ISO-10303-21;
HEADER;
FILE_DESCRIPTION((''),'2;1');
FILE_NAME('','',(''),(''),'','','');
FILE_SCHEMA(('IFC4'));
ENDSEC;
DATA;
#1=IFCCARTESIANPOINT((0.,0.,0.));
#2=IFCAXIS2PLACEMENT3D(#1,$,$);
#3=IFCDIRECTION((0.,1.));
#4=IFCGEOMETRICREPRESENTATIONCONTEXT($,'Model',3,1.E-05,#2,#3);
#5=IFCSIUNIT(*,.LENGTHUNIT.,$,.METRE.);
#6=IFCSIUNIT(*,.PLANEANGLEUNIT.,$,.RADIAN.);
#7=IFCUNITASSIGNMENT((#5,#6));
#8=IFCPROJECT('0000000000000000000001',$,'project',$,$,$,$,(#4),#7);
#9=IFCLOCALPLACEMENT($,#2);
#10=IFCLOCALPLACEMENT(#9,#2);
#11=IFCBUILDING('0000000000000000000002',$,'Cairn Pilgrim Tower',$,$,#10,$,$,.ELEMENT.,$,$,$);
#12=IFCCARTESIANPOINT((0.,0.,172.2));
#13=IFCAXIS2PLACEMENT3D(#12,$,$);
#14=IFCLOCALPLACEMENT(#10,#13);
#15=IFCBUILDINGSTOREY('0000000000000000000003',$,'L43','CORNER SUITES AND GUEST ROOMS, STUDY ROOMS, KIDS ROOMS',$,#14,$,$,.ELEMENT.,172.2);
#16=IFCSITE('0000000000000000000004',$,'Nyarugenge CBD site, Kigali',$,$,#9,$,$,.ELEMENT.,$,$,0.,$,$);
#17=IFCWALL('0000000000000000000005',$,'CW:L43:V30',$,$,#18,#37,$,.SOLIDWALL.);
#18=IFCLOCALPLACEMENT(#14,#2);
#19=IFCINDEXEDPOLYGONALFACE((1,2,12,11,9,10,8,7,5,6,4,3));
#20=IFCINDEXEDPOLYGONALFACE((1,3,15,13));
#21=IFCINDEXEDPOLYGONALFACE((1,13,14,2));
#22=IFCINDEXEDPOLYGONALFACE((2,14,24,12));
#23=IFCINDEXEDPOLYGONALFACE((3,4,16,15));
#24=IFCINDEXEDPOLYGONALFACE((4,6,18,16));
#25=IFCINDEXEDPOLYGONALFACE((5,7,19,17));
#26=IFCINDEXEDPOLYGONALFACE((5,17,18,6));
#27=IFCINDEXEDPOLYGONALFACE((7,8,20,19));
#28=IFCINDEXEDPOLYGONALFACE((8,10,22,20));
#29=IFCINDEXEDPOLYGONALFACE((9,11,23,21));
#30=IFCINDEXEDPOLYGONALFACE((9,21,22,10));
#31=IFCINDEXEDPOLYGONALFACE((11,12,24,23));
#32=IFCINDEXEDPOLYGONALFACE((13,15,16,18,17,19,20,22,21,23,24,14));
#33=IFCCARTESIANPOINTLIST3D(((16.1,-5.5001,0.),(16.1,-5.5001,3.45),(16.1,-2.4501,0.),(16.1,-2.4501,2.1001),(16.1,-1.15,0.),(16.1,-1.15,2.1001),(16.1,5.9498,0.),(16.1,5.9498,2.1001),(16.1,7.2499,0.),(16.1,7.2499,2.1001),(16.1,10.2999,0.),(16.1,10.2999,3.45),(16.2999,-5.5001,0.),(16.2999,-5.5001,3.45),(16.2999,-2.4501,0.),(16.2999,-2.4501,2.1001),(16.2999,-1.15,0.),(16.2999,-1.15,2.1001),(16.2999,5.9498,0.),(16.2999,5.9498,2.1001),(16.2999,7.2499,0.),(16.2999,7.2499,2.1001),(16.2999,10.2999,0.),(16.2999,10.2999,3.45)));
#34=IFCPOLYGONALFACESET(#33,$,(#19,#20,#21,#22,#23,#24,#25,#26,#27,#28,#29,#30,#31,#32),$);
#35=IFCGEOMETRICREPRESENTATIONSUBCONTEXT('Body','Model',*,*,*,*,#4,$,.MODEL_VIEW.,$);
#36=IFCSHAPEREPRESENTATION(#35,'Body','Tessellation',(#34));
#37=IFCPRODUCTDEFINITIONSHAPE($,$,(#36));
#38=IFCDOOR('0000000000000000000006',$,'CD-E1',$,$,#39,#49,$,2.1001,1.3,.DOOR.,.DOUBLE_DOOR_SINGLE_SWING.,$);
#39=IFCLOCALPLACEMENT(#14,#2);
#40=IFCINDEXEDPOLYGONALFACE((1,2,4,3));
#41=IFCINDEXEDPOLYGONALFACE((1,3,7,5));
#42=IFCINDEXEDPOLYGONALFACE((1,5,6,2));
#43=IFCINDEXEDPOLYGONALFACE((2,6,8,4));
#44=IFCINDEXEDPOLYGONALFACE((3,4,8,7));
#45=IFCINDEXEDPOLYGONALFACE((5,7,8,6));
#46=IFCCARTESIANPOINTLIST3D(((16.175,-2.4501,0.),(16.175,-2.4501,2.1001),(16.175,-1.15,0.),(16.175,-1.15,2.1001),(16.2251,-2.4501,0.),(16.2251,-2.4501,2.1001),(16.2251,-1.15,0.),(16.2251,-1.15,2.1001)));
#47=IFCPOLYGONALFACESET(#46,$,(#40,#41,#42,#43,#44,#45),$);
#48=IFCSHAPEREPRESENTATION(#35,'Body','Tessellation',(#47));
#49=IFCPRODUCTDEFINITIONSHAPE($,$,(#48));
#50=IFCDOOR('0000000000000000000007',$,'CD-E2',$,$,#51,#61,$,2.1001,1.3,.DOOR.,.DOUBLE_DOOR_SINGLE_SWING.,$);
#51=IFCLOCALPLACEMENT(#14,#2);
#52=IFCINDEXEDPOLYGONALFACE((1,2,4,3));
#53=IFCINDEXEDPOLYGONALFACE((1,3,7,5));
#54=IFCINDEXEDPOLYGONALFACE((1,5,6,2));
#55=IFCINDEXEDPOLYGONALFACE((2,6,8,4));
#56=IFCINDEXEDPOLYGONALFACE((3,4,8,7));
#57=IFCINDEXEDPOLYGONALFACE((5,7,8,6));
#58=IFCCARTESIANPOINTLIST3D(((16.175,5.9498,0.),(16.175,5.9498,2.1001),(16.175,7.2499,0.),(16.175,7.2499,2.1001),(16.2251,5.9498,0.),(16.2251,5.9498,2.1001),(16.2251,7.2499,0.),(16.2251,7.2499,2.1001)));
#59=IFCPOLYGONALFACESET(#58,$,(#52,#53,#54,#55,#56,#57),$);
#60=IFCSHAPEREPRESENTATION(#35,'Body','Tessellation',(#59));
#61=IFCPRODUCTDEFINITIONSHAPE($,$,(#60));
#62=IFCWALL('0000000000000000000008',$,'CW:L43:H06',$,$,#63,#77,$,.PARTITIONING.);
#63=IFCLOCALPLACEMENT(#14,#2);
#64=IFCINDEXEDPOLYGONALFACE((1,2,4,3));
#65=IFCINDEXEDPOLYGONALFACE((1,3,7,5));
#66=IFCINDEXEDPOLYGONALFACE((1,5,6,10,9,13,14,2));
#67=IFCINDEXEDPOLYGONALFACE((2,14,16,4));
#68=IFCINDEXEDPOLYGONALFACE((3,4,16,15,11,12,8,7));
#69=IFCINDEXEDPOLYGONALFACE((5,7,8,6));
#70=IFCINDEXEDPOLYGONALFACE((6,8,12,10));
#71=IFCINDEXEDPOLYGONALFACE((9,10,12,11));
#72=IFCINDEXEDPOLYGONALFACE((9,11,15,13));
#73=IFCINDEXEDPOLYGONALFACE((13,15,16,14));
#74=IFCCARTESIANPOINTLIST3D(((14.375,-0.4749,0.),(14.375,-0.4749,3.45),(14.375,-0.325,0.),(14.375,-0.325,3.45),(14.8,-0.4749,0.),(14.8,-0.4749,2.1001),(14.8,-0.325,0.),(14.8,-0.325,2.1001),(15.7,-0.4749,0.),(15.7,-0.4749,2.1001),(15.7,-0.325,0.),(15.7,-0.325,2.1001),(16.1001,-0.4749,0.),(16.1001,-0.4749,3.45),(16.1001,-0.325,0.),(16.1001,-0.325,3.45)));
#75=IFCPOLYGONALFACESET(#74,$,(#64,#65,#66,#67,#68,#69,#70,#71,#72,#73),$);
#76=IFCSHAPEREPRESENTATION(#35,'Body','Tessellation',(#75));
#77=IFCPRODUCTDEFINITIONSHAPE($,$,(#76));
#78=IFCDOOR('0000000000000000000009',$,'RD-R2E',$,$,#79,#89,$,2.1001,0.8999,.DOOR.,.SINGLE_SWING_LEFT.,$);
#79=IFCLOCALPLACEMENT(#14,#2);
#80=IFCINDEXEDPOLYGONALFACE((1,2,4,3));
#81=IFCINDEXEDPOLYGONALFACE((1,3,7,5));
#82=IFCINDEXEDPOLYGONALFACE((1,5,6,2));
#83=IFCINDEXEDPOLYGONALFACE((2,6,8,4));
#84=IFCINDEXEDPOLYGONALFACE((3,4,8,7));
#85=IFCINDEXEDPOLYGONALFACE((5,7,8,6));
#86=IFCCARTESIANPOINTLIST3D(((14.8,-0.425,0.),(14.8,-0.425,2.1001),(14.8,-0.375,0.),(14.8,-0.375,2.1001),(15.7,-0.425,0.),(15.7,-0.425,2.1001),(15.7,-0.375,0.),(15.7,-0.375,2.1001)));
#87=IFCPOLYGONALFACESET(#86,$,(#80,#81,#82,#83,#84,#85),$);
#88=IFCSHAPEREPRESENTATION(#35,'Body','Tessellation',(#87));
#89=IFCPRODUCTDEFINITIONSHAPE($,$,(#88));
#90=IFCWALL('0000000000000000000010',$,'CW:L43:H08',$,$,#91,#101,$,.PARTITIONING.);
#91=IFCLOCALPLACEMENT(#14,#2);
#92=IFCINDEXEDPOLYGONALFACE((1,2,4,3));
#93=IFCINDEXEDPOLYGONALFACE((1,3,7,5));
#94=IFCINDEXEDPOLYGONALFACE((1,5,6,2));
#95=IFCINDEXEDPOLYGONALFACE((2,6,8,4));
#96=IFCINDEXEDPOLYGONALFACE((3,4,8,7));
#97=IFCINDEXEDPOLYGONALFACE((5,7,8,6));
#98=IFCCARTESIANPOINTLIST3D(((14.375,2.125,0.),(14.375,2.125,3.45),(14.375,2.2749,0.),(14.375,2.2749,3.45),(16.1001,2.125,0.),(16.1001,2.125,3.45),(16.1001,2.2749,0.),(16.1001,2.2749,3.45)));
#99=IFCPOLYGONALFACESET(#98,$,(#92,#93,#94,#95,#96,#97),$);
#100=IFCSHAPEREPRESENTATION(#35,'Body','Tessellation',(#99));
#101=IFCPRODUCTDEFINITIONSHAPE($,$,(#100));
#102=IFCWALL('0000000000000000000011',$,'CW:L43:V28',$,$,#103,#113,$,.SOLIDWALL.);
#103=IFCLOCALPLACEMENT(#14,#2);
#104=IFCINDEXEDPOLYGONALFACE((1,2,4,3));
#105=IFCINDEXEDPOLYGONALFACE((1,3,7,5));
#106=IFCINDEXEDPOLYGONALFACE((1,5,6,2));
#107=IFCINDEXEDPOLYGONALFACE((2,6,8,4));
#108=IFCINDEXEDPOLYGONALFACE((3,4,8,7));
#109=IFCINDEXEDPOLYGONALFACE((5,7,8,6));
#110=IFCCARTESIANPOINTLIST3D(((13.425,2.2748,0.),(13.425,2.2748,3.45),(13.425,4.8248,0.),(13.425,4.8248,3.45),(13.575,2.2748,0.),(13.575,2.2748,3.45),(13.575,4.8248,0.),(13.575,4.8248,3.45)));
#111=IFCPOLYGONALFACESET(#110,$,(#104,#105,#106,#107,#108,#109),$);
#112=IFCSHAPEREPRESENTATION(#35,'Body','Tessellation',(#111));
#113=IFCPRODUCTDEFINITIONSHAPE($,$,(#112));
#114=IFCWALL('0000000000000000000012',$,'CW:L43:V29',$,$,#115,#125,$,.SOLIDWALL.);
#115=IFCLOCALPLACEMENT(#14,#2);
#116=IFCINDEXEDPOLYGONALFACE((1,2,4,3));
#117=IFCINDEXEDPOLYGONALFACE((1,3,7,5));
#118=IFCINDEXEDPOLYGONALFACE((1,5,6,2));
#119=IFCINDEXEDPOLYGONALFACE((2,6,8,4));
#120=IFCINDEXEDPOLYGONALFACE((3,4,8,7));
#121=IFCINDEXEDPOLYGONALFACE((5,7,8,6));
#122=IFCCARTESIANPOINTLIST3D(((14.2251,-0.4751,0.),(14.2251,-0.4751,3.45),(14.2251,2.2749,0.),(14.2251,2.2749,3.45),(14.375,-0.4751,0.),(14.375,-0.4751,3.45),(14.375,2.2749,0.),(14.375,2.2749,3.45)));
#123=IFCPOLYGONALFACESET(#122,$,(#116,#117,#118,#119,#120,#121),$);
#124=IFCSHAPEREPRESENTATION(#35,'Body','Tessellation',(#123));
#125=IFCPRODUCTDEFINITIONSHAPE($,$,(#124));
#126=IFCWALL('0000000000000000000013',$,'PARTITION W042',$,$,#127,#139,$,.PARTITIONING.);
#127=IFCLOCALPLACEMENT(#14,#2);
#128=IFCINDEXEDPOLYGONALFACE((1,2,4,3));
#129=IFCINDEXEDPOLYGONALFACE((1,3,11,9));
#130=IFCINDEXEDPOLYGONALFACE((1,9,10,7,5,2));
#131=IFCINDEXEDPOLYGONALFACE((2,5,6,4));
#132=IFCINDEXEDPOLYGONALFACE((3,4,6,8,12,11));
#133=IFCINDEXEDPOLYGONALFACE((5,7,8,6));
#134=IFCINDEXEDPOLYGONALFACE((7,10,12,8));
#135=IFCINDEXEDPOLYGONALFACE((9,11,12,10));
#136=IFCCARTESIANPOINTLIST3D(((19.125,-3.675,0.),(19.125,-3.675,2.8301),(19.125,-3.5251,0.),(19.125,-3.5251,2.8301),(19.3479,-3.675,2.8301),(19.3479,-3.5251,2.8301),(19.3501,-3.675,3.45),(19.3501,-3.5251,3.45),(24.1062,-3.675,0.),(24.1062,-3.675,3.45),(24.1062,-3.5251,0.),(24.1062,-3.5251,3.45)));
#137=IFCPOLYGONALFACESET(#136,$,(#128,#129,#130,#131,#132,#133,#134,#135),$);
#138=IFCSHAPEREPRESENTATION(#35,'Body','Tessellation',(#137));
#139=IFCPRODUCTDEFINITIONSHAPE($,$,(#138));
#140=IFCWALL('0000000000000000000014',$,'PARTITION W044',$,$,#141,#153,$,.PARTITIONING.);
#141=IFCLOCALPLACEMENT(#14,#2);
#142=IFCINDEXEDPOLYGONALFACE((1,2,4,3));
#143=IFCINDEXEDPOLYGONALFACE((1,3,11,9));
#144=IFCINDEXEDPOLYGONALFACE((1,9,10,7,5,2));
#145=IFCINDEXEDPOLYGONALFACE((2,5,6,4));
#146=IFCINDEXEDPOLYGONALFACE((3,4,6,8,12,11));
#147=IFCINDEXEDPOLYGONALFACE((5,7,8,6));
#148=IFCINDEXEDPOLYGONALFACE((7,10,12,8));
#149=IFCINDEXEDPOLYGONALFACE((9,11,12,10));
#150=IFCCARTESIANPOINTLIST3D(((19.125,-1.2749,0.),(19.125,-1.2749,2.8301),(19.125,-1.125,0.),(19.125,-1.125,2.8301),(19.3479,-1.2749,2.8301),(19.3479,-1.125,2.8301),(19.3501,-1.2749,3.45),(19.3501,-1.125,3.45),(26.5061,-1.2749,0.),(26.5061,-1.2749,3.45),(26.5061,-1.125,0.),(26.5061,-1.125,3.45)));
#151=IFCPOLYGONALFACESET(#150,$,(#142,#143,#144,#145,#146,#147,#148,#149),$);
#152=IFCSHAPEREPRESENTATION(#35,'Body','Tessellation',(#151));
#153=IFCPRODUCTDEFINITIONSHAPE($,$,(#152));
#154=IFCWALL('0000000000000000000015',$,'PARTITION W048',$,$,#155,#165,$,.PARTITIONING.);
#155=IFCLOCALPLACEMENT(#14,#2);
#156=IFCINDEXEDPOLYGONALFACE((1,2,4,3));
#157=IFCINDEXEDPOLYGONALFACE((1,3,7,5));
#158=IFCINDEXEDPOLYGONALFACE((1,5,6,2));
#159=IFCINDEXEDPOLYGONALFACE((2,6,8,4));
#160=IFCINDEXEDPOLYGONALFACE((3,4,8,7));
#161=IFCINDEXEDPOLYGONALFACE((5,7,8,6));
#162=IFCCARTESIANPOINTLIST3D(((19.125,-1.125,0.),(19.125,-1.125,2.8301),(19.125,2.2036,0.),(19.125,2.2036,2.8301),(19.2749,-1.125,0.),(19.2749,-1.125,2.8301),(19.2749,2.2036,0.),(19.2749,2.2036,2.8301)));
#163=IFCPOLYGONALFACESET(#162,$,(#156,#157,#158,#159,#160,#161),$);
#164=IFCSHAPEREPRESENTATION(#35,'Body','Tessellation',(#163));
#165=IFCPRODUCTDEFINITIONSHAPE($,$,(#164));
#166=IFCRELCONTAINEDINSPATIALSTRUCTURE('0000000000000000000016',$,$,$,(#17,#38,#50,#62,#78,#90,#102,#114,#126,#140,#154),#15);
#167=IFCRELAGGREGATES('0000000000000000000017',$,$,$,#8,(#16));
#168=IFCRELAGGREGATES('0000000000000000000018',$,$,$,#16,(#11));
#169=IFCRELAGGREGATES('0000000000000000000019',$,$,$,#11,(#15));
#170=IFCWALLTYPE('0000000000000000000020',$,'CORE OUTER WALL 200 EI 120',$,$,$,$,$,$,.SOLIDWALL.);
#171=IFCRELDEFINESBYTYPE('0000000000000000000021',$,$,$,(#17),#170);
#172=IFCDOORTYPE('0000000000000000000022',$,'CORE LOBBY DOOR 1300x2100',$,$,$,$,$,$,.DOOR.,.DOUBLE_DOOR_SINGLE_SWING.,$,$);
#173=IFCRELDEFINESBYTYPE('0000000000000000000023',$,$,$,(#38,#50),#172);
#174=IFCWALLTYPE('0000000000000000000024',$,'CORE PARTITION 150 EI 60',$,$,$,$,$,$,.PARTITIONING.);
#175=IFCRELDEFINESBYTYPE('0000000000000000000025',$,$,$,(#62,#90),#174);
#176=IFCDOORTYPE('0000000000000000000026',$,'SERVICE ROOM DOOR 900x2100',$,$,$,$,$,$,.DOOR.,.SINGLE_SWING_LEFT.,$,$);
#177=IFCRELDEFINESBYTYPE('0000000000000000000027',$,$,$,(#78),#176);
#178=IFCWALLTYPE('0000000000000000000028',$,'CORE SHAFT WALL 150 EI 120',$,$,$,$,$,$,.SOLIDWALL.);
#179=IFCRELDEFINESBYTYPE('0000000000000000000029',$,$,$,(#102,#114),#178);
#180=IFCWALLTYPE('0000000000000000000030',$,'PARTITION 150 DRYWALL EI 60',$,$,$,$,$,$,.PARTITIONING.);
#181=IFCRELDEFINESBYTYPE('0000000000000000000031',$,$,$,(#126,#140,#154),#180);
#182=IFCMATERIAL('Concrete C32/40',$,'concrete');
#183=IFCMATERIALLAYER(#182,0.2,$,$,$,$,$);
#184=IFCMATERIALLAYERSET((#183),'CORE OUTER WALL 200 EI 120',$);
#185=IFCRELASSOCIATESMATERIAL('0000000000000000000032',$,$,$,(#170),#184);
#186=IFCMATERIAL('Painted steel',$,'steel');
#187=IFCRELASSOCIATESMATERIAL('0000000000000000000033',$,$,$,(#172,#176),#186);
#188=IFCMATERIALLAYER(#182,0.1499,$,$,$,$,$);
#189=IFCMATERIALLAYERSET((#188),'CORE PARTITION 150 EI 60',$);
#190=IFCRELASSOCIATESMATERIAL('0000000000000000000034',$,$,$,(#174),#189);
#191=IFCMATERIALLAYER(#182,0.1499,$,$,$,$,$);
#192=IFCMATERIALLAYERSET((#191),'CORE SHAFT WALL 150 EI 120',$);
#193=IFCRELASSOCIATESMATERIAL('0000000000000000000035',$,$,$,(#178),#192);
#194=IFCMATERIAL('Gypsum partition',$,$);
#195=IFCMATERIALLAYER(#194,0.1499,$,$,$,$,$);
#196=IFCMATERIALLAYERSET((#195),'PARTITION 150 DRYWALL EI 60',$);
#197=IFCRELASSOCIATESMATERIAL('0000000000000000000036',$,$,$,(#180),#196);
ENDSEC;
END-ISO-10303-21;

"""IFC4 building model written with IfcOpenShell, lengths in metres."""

from ifc_helpers import new_model, si_unit, direction, frame, frame_2d, origin, place, context, subcontext, project, spatial, polyline, rectangle, outline, extrude, material, layer, layer_set, type_object, element, fill, save


model = new_model("IFC4")

# Units and contexts
model_context = context("Model", 3, precision=1e-05, world=origin(), true_north=direction((0.0, 1.0)))
body_context = subcontext(model_context, "Body", "Model", "MODEL_VIEW")
ifc_project = project(units=[si_unit("LENGTHUNIT", "METRE"), si_unit("PLANEANGLEUNIT", "RADIAN")], contexts=[model_context])

# Site, building, storey
site_placement = place(None, origin())
site = spatial("IfcSite", under=ifc_project, at=site_placement, Name="Nyarugenge CBD site, Kigali", CompositionType="ELEMENT", RefElevation=0.0)
building_placement = place(site_placement, origin())
building = spatial("IfcBuilding", under=site, at=building_placement, Name="Cairn Pilgrim Tower", CompositionType="ELEMENT")
storey_placement = place(building_placement, frame((0.0, 0.0, 172.2)))
storey = spatial("IfcBuildingStorey", under=building, at=storey_placement, Name="L43", Description="CORNER SUITES AND GUEST ROOMS, STUDY ROOMS, KIDS ROOMS", CompositionType="ELEMENT", Elevation=172.2)

# Wall, openings, doors
ifc_material_1 = material(Name="Concrete C32/40", Category="concrete")
ifc_layer_1 = layer(ifc_material_1, 0.2)
ifc_layer_set_1 = layer_set([ifc_layer_1], Name="CORE OUTER WALL 200 EI 120")
wall_type_1 = type_object("IfcWallType", Name="CORE OUTER WALL 200 EI 120", PredefinedType="SOLIDWALL", material=ifc_layer_set_1)
wall_1_placement = place(storey_placement, frame((16.2, -5.5, 0.0), z_axis=(0.0, 0.0, 1.0), x_axis=(0.0, 1.0, 0.0)))
wall_1 = element("IfcWall", 1, at=wall_1_placement, inside=storey, type_object=wall_type_1, Name="CW:L43:V30", PredefinedType="SOLIDWALL", context=body_context, shape_type="SweptSolid", body=[
    extrude(rectangle(XDim=15.8, YDim=0.2, at=frame_2d((7.8999, 0.0))), origin(), (0.0, 0.0, 1.0), 3.45),
])
opening_1_placement = place(wall_1_placement, frame((3.05, 0.0, 0.0)))
opening_1 = element("IfcOpeningElement", 2, at=opening_1_placement, cuts=wall_1, PredefinedType="OPENING", context=body_context, shape_type="SweptSolid", body=[
    extrude(rectangle(XDim=1.3, YDim=2.1001, at=frame_2d((0.6499, 1.05))), frame((0.0, 0.1099, 0.0), z_axis=(0.0, -1.0, 0.0), x_axis=(1.0, 0.0, 0.0)), (0.0, 0.0, 1.0), 0.22),
])
opening_2_placement = place(wall_1_placement, frame((11.45, 0.0, 0.0)))
opening_2 = element("IfcOpeningElement", 3, at=opening_2_placement, cuts=wall_1, PredefinedType="OPENING", context=body_context, shape_type="SweptSolid", body=[
    extrude(rectangle(XDim=1.3, YDim=2.1001, at=frame_2d((0.6499, 1.05))), frame((0.0, 0.1099, 0.0), z_axis=(0.0, -1.0, 0.0), x_axis=(1.0, 0.0, 0.0)), (0.0, 0.0, 1.0), 0.22),
])
ifc_material_2 = material(Name="Painted steel", Category="steel")
door_type_1 = type_object("IfcDoorType", Name="CORE LOBBY DOOR 1300x2100", OperationType="DOUBLE_DOOR_SINGLE_SWING", PredefinedType="DOOR", material=ifc_material_2)
door_1_placement = place(opening_1_placement, origin())
door_1 = element("IfcDoor", 4, at=door_1_placement, inside=storey, type_object=door_type_1, Name="CD-E1", OperationType="DOUBLE_DOOR_SINGLE_SWING", OverallHeight=2.1001, OverallWidth=1.3, PredefinedType="DOOR", context=body_context, shape_type="SweptSolid", body=[
    extrude(rectangle(XDim=1.3, YDim=2.1001, at=frame_2d((0.6499, 1.05))), frame((0.0, 0.0249, 0.0), z_axis=(0.0, -1.0, 0.0), x_axis=(1.0, 0.0, 0.0)), (0.0, 0.0, 1.0), 0.05),
])
fill(opening_1, door_1)
door_2_placement = place(opening_2_placement, origin())
door_2 = element("IfcDoor", 5, at=door_2_placement, inside=storey, type_object=door_type_1, Name="CD-E2", OperationType="DOUBLE_DOOR_SINGLE_SWING", OverallHeight=2.1001, OverallWidth=1.3, PredefinedType="DOOR", context=body_context, shape_type="SweptSolid", body=[
    extrude(rectangle(XDim=1.3, YDim=2.1001, at=frame_2d((0.6499, 1.05))), frame((0.0, 0.0249, 0.0), z_axis=(0.0, -1.0, 0.0), x_axis=(1.0, 0.0, 0.0)), (0.0, 0.0, 1.0), 0.05),
])
fill(opening_2, door_2)

# Wall, opening, door
ifc_layer_2 = layer(ifc_material_1, 0.1499)
ifc_layer_set_2 = layer_set([ifc_layer_2], Name="CORE PARTITION 150 EI 60")
wall_type_2 = type_object("IfcWallType", Name="CORE PARTITION 150 EI 60", PredefinedType="PARTITIONING", material=ifc_layer_set_2)
wall_2_placement = place(storey_placement, frame((14.375, -0.3999, 0.0), z_axis=(0.0, 0.0, 1.0), x_axis=(1.0, 0.0, 0.0)))
wall_2 = element("IfcWall", 6, at=wall_2_placement, inside=storey, type_object=wall_type_2, Name="CW:L43:H06", PredefinedType="PARTITIONING", context=body_context, shape_type="SweptSolid", body=[
    extrude(rectangle(XDim=1.7251, YDim=0.1499, at=frame_2d((0.8625, 0.0))), origin(), (0.0, 0.0, 1.0), 3.45),
])
opening_3_placement = place(wall_2_placement, frame((0.425, 0.0, 0.0)))
opening_3 = element("IfcOpeningElement", 7, at=opening_3_placement, cuts=wall_2, PredefinedType="OPENING", context=body_context, shape_type="SweptSolid", body=[
    extrude(rectangle(XDim=0.8999, YDim=2.1001, at=frame_2d((0.45, 1.05))), frame((0.0, 0.085, 0.0), z_axis=(0.0, -1.0, 0.0), x_axis=(1.0, 0.0, 0.0)), (0.0, 0.0, 1.0), 0.1699),
])
door_type_2 = type_object("IfcDoorType", Name="SERVICE ROOM DOOR 900x2100", OperationType="SINGLE_SWING_LEFT", PredefinedType="DOOR", material=ifc_material_2)
door_3_placement = place(opening_3_placement, origin())
door_3 = element("IfcDoor", 8, at=door_3_placement, inside=storey, type_object=door_type_2, Name="RD-R2E", OperationType="SINGLE_SWING_LEFT", OverallHeight=2.1001, OverallWidth=0.8999, PredefinedType="DOOR", context=body_context, shape_type="SweptSolid", body=[
    extrude(rectangle(XDim=0.8999, YDim=2.1001, at=frame_2d((0.45, 1.05))), frame((0.0, 0.0249, 0.0), z_axis=(0.0, -1.0, 0.0), x_axis=(1.0, 0.0, 0.0)), (0.0, 0.0, 1.0), 0.05),
])
fill(opening_3, door_3)

# Walls
wall_3_placement = place(storey_placement, frame((14.375, 2.2, 0.0), z_axis=(0.0, 0.0, 1.0), x_axis=(1.0, 0.0, 0.0)))
element("IfcWall", 9, at=wall_3_placement, inside=storey, type_object=wall_type_2, Name="CW:L43:H08", PredefinedType="PARTITIONING", context=body_context, shape_type="SweptSolid", body=[
    extrude(rectangle(XDim=1.7251, YDim=0.1499, at=frame_2d((0.8625, 0.0))), origin(), (0.0, 0.0, 1.0), 3.45),
])
ifc_layer_3 = layer(ifc_material_1, 0.1499)
ifc_layer_set_3 = layer_set([ifc_layer_3], Name="CORE SHAFT WALL 150 EI 120")
wall_type_3 = type_object("IfcWallType", Name="CORE SHAFT WALL 150 EI 120", PredefinedType="SOLIDWALL", material=ifc_layer_set_3)
wall_4_placement = place(storey_placement, frame((13.5, 2.2749, 0.0), z_axis=(0.0, 0.0, 1.0), x_axis=(0.0, 1.0, 0.0)))
element("IfcWall", 10, at=wall_4_placement, inside=storey, type_object=wall_type_3, Name="CW:L43:V28", PredefinedType="SOLIDWALL", context=body_context, shape_type="SweptSolid", body=[
    extrude(rectangle(XDim=2.55, YDim=0.1499, at=frame_2d((1.2749, 0.0))), origin(), (0.0, 0.0, 1.0), 3.45),
])
wall_5_placement = place(storey_placement, frame((14.3, -0.4751, 0.0), z_axis=(0.0, 0.0, 1.0), x_axis=(0.0, 1.0, 0.0)))
element("IfcWall", 11, at=wall_5_placement, inside=storey, type_object=wall_type_3, Name="CW:L43:V29", PredefinedType="SOLIDWALL", context=body_context, shape_type="SweptSolid", body=[
    extrude(rectangle(XDim=2.75, YDim=0.1499, at=frame_2d((1.375, 0.0))), origin(), (0.0, 0.0, 1.0), 3.45),
])
ifc_material_3 = material(Name="Gypsum partition")
ifc_layer_4 = layer(ifc_material_3, 0.1499)
ifc_layer_set_4 = layer_set([ifc_layer_4], Name="PARTITION 150 DRYWALL EI 60")
wall_type_4 = type_object("IfcWallType", Name="PARTITION 150 DRYWALL EI 60", PredefinedType="PARTITIONING", material=ifc_layer_set_4)
wall_6_placement = place(storey_placement, frame((19.125, -3.6001, 0.0), z_axis=(0.0, 0.0, 1.0), x_axis=(1.0, 0.0, 0.0)))
element("IfcWall", 12, at=wall_6_placement, inside=storey, type_object=wall_type_4, Name="PARTITION W042", PredefinedType="PARTITIONING", context=body_context, shape_type="SweptSolid", body=[
    extrude(outline(polyline([(0.0, 0.0), (4.9812, 0.0), (4.9812, 3.45), (0.2251, 3.45), (0.2229, 2.8301), (0.0, 2.8301), (0.0, 0.0)])), frame((0.0, 0.075, 0.0), z_axis=(0.0, -1.0, 0.0), x_axis=(1.0, 0.0, 0.0)), (0.0, 0.0, 1.0), 0.1499),
])
wall_7_placement = place(storey_placement, frame((19.125, -1.2, 0.0), z_axis=(0.0, 0.0, 1.0), x_axis=(1.0, 0.0, 0.0)))
element("IfcWall", 13, at=wall_7_placement, inside=storey, type_object=wall_type_4, Name="PARTITION W044", PredefinedType="PARTITIONING", context=body_context, shape_type="SweptSolid", body=[
    extrude(outline(polyline([(0.0, 0.0), (7.3811, 0.0), (7.3811, 3.45), (0.2251, 3.45), (0.2229, 2.8301), (0.0, 2.8301), (0.0, 0.0)])), frame((0.0, 0.075, 0.0), z_axis=(0.0, -1.0, 0.0), x_axis=(1.0, 0.0, 0.0)), (0.0, 0.0, 1.0), 0.1499),
])
wall_8_placement = place(storey_placement, frame((19.2, -1.125, 0.0), z_axis=(0.0, 0.0, 1.0), x_axis=(0.0, 1.0, 0.0)))
element("IfcWall", 14, at=wall_8_placement, inside=storey, type_object=wall_type_4, Name="PARTITION W048", PredefinedType="PARTITIONING", context=body_context, shape_type="SweptSolid", body=[
    extrude(rectangle(XDim=3.3286, YDim=0.1499, at=frame_2d((1.6643, 0.0))), origin(), (0.0, 0.0, 1.0), 2.8301),
])

save(model, "model.ifc")
